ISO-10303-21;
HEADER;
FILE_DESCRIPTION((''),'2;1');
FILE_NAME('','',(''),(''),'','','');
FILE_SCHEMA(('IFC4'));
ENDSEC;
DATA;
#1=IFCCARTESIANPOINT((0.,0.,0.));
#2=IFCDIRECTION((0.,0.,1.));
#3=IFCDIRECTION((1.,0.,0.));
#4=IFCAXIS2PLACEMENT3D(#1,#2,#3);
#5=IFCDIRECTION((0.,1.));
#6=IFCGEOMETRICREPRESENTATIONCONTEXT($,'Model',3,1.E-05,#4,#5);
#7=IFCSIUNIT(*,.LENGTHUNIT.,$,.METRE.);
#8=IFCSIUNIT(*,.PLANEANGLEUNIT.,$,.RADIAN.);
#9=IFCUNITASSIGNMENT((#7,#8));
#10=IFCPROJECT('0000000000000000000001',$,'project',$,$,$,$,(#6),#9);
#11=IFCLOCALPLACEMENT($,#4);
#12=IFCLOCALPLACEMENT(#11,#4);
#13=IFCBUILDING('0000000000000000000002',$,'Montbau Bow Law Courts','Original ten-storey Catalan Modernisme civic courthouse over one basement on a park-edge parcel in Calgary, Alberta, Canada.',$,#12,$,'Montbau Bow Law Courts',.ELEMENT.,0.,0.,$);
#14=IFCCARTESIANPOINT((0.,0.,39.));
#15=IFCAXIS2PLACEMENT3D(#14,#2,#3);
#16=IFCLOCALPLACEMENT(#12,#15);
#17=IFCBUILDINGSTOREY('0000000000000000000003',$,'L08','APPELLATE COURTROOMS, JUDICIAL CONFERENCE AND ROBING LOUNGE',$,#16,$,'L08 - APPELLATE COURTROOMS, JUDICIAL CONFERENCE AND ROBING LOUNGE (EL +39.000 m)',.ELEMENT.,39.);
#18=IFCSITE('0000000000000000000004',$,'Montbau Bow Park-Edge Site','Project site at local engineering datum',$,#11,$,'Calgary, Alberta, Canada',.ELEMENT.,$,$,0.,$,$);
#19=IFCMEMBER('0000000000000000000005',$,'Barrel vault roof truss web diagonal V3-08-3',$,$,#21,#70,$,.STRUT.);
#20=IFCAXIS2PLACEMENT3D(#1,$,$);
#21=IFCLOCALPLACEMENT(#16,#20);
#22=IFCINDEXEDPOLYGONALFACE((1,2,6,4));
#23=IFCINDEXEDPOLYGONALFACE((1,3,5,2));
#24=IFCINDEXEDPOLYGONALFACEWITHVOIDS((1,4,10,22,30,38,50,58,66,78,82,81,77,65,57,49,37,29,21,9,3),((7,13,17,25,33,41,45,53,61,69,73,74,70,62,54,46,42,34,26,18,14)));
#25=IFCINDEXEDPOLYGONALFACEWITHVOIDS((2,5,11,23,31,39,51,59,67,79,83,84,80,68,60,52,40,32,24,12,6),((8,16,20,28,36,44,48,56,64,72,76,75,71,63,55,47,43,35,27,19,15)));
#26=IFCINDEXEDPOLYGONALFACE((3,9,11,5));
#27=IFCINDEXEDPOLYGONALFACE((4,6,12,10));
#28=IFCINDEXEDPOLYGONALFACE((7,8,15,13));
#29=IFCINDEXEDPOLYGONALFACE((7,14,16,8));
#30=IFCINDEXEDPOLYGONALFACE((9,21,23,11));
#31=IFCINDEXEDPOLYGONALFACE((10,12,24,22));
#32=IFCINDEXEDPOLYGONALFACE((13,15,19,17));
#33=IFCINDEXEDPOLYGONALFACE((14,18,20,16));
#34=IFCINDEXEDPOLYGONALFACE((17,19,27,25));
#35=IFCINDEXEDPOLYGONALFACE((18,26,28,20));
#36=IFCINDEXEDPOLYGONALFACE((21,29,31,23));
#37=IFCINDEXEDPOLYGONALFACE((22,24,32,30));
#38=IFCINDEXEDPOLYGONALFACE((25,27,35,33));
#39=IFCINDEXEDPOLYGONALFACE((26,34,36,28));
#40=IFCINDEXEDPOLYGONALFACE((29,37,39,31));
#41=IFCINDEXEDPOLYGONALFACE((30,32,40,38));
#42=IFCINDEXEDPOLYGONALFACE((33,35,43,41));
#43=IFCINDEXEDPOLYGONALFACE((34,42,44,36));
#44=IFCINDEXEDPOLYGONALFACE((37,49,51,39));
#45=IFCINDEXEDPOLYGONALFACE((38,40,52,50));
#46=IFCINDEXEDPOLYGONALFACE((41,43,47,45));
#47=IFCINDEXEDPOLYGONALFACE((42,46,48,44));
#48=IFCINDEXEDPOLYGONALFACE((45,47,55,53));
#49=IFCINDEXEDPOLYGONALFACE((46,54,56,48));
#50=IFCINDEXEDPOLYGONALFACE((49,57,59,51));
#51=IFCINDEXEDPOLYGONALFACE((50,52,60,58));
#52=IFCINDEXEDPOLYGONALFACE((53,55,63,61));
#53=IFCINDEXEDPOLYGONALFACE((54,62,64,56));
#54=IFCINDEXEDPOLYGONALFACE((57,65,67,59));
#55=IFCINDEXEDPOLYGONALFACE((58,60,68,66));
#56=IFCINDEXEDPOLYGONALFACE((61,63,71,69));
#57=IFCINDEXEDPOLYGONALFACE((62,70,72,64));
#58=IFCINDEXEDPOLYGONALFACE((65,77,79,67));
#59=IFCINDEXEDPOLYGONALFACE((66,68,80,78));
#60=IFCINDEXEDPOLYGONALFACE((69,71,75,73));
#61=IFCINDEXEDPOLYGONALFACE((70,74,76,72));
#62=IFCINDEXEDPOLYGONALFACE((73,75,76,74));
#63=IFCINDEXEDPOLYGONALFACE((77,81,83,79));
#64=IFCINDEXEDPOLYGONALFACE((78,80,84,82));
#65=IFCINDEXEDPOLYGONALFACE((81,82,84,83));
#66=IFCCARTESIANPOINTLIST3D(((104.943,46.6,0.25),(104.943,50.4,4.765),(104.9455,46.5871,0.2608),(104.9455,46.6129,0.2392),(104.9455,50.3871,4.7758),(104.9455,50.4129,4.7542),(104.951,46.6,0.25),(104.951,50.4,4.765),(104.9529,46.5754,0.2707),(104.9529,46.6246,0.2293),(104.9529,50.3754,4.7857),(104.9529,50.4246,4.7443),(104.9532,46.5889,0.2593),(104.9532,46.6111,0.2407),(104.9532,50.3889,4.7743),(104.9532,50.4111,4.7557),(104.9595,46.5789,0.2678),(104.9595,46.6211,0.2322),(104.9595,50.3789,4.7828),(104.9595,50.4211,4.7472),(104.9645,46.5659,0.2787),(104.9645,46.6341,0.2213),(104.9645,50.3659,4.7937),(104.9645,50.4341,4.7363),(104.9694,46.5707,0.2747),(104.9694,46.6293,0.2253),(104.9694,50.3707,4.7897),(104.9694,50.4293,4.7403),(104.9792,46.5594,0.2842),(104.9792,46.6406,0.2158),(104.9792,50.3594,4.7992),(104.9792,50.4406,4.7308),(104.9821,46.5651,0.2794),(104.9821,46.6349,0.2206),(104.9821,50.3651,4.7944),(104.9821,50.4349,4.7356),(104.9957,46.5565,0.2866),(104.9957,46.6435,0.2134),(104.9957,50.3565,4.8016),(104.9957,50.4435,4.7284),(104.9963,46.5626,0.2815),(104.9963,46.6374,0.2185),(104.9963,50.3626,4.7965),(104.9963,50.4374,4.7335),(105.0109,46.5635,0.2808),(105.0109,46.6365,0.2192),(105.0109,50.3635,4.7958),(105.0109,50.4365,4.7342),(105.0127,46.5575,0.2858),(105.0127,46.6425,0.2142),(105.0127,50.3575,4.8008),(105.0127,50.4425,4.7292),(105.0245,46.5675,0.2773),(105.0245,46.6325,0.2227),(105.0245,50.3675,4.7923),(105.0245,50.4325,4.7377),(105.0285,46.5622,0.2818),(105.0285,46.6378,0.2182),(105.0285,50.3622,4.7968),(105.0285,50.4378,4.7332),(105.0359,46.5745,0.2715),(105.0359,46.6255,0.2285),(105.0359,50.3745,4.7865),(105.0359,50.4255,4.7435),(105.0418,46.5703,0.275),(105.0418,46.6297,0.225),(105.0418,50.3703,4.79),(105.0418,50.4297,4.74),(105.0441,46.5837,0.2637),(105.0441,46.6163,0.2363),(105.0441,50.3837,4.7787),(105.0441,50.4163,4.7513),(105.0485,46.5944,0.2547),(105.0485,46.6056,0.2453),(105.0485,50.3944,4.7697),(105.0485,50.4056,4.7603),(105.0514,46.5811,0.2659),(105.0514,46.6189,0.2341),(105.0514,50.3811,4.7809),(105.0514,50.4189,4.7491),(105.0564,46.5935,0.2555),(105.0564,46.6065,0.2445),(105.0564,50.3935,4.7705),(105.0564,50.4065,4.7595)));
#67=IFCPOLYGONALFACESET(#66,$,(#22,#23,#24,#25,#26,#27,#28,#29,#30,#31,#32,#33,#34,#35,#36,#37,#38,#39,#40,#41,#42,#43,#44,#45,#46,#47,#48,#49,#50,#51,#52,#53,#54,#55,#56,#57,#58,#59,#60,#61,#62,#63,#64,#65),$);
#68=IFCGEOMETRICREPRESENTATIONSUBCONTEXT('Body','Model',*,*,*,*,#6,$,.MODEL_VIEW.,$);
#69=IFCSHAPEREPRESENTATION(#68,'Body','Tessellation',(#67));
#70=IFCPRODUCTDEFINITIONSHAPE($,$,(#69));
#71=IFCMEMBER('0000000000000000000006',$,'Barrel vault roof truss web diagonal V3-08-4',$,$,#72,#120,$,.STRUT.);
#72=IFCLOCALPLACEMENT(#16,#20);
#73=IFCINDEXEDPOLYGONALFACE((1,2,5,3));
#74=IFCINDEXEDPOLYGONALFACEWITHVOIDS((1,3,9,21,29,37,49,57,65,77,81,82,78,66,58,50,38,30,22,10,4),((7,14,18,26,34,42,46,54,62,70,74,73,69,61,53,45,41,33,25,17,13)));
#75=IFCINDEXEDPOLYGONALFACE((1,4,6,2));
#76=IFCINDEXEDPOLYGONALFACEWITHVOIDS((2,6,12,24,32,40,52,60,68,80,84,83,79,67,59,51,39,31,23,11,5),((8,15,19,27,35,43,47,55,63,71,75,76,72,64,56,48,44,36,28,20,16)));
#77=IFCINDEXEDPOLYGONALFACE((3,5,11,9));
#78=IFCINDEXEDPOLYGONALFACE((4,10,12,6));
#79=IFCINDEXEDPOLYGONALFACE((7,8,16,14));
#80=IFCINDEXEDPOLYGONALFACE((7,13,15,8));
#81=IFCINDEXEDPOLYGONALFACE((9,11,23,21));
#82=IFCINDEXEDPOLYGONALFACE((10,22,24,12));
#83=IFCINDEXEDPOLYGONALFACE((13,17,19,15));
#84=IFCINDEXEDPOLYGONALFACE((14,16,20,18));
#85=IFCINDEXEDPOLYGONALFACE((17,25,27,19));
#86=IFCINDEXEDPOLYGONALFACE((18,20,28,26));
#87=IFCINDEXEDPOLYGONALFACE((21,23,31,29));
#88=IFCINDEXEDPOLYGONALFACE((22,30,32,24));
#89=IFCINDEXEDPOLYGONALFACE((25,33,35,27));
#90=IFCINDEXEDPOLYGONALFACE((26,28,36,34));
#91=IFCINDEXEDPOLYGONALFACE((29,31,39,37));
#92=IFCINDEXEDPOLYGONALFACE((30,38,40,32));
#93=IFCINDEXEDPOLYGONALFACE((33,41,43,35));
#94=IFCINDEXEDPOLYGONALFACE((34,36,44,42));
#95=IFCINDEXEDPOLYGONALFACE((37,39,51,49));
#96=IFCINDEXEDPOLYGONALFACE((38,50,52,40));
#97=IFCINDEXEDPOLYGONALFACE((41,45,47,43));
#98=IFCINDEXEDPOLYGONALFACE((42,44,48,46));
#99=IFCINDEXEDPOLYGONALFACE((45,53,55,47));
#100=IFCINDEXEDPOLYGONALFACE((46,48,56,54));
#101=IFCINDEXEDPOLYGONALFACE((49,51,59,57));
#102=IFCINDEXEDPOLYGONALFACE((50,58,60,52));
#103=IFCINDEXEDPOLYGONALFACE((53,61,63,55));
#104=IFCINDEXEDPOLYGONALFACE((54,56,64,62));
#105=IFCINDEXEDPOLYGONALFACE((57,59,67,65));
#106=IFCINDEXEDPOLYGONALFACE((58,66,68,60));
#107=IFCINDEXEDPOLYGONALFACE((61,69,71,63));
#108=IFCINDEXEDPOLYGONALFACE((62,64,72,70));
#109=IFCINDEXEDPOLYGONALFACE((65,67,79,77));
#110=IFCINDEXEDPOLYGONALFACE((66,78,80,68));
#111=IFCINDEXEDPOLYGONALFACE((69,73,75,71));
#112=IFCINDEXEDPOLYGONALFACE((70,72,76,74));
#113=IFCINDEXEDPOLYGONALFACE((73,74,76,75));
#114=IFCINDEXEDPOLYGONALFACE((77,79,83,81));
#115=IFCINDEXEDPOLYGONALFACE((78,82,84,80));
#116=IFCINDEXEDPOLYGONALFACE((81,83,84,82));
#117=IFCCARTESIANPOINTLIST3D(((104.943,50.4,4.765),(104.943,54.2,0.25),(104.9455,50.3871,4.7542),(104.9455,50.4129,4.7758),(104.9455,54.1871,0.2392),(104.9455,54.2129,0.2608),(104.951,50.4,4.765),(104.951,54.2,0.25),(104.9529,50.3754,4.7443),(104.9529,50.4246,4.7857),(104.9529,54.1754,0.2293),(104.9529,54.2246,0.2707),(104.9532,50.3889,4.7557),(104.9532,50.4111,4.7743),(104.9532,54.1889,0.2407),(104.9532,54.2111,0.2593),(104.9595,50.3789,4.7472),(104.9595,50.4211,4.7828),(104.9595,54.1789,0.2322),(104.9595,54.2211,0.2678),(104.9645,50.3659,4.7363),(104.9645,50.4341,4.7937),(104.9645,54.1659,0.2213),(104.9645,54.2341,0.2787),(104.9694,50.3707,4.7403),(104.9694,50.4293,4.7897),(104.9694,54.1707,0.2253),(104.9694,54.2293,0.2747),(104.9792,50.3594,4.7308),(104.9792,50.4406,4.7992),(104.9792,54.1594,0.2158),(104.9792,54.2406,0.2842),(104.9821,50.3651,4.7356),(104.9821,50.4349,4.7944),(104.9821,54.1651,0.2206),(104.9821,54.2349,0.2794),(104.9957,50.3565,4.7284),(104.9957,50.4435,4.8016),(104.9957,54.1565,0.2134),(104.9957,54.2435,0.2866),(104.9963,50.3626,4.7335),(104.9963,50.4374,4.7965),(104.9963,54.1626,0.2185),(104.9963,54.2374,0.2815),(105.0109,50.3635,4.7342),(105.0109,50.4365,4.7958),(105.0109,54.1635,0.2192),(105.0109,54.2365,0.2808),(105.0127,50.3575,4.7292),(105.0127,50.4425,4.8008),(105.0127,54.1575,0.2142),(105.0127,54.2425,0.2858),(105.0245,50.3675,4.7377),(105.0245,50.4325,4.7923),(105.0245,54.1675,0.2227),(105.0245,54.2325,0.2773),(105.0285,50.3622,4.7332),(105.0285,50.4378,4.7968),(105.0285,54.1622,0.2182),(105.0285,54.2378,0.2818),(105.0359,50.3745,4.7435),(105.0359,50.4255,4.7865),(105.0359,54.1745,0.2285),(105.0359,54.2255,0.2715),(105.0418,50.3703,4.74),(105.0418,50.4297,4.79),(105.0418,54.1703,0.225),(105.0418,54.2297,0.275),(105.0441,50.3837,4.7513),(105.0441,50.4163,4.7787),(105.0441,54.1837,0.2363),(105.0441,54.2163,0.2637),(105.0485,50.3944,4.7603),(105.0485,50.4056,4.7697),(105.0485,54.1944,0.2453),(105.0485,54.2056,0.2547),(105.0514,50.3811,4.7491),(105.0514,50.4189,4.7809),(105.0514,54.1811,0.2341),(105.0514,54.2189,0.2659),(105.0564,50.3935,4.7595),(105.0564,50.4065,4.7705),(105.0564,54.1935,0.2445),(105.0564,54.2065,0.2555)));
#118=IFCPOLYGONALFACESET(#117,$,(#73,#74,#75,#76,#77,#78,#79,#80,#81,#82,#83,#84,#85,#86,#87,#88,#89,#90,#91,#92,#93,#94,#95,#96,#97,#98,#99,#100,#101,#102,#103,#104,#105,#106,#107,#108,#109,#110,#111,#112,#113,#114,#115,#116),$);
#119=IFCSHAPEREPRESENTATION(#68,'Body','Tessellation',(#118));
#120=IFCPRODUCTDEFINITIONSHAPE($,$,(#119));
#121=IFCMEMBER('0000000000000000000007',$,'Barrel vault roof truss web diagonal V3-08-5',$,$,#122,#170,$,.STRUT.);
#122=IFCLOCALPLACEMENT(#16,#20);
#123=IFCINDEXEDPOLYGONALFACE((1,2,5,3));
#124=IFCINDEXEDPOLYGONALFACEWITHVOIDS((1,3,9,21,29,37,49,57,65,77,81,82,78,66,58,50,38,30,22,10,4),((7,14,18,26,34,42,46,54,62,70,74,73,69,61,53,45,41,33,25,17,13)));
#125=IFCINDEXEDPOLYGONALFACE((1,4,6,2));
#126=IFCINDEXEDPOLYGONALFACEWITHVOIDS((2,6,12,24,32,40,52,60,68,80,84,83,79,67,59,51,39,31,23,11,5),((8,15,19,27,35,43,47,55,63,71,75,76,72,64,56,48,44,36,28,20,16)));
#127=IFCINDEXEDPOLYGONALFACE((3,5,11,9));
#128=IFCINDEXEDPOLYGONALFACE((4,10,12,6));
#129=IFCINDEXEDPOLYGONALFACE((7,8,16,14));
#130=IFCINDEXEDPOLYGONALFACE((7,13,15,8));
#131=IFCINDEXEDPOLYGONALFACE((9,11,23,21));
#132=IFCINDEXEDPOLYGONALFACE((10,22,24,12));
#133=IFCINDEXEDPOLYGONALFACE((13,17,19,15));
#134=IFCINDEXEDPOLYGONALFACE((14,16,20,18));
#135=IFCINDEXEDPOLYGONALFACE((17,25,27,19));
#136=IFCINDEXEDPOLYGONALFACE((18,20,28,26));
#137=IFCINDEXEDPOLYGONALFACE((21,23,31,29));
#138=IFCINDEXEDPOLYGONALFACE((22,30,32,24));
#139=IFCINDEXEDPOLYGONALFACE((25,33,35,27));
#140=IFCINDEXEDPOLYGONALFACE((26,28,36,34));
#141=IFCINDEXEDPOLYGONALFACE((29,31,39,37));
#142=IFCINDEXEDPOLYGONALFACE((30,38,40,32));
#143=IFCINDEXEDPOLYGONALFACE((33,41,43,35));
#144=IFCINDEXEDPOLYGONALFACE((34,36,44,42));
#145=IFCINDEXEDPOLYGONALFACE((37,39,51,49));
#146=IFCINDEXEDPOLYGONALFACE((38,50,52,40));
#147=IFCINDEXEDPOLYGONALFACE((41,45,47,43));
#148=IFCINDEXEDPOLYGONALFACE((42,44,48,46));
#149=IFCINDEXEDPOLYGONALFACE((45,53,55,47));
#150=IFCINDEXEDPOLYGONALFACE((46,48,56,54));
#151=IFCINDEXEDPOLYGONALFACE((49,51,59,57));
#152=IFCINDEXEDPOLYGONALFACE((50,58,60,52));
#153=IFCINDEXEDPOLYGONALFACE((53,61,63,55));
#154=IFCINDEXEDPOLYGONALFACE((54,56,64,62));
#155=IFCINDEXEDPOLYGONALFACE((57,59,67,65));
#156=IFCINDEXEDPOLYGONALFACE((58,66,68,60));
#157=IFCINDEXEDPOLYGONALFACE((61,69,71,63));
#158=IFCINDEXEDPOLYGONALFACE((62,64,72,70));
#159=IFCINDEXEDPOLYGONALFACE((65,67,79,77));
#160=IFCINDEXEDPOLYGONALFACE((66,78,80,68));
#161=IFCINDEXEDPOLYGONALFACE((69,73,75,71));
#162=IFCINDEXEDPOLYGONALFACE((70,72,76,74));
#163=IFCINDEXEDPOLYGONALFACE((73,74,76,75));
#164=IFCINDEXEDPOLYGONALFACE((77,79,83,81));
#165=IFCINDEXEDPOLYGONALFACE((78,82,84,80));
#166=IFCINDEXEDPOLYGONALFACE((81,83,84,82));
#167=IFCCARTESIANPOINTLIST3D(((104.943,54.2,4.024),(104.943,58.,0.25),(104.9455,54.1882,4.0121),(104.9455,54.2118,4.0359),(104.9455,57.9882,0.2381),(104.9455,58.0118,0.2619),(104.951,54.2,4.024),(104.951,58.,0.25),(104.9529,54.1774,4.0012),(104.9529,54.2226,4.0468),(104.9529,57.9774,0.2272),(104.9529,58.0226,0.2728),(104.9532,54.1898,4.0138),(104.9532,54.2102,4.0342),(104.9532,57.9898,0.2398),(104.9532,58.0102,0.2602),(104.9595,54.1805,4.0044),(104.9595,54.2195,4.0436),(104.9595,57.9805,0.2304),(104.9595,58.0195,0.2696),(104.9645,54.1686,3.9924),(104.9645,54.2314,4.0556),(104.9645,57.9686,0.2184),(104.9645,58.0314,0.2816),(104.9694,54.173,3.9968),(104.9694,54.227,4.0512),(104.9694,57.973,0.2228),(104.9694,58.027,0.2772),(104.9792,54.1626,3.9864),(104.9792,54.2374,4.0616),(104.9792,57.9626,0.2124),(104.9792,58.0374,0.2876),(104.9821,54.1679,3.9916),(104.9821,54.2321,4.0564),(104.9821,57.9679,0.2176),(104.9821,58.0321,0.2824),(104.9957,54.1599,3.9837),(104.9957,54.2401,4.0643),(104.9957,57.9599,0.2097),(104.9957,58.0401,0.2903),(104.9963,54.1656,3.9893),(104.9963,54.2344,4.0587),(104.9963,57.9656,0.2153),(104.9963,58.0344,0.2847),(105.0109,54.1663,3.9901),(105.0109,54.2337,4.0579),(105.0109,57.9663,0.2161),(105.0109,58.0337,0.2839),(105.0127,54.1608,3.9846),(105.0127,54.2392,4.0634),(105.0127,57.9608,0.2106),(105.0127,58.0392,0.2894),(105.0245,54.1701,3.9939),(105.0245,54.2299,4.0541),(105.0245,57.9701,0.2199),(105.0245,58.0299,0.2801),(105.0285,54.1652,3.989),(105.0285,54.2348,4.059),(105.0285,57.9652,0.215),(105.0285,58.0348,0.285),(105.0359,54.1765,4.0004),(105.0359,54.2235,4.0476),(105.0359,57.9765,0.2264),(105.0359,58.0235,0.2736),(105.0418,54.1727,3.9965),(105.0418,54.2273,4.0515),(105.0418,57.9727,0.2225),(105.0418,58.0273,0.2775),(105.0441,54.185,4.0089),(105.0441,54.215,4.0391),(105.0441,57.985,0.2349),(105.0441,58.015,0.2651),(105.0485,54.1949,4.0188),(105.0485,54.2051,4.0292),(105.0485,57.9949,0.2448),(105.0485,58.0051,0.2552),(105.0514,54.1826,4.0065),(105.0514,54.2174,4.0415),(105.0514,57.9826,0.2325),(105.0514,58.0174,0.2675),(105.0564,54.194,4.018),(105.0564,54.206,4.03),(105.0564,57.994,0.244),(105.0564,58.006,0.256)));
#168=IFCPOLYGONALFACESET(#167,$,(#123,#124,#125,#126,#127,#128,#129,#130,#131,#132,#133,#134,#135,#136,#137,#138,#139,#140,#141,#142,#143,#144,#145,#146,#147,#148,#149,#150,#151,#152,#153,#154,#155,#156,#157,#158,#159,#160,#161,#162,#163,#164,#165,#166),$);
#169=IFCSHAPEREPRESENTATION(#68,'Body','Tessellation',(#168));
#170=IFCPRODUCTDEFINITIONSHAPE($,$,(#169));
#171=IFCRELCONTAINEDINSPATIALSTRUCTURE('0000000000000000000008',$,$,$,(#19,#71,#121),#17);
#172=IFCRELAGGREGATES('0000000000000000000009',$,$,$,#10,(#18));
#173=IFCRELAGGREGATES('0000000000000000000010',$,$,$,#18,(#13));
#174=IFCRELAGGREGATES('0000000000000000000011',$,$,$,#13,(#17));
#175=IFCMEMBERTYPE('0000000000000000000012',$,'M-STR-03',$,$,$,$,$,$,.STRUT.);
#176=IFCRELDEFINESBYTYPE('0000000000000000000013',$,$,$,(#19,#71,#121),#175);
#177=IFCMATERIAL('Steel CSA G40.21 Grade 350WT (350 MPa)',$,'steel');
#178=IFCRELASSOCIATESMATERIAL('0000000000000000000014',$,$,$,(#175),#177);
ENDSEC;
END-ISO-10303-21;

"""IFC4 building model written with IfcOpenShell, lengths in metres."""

from ifc_helpers import new_model, si_unit, direction, frame, origin_with_axes, origin_2d_with_axis, place, context, subcontext, project, spatial, hollow_circle, extrude, material, material_profile, profile_set, type_object, element, save


model = new_model("IFC4")

# Units and contexts
model_context = context("Model", 3, precision=1e-05, world=origin_with_axes(), true_north=direction((0.0, 1.0)))
body_context = subcontext(model_context, "Body", "Model", "MODEL_VIEW")
ifc_project = project(units=[si_unit("LENGTHUNIT", "METRE"), si_unit("PLANEANGLEUNIT", "RADIAN")], contexts=[model_context])

# Site, building, storey
site_placement = place(None, origin_with_axes())
site = spatial("IfcSite", under=ifc_project, at=site_placement, Name="Montbau Bow Park-Edge Site", Description="Project site at local engineering datum", LongName="Calgary, Alberta, Canada", CompositionType="ELEMENT", RefElevation=0.0)
building_placement = place(site_placement, origin_with_axes())
building = spatial("IfcBuilding", under=site, at=building_placement, Name="Montbau Bow Law Courts", Description="Original ten-storey Catalan Modernisme civic courthouse over one basement on a park-edge parcel in Calgary, Alberta, Canada.", LongName="Montbau Bow Law Courts", CompositionType="ELEMENT", ElevationOfRefHeight=0.0, ElevationOfTerrain=0.0)
storey_placement = place(building_placement, frame((0.0, 0.0, 39.0), z_axis=(0.0, 0.0, 1.0), x_axis=(1.0, 0.0, 0.0)))
storey = spatial("IfcBuildingStorey", under=building, at=storey_placement, Name="L08", Description="APPELLATE COURTROOMS, JUDICIAL CONFERENCE AND ROBING LOUNGE", LongName="L08 - APPELLATE COURTROOMS, JUDICIAL CONFERENCE AND ROBING LOUNGE (EL +39.000 m)", CompositionType="ELEMENT", Elevation=39.0)

# Shared definitions
ifc_material_1 = material(Name="Steel CSA G40.21 Grade 350WT (350 MPa)", Category="steel")

# Members
ifc_material_profile_1 = material_profile(ifc_material_1, hollow_circle(Radius=0.057, WallThickness=0.008, at=origin_2d_with_axis()), Name="HSS114X8.0", Category="Main", Priority=0)
ifc_profile_set_1 = profile_set([ifc_material_profile_1], Name="Steel CSA G40.21 Grade 350WT (350 MPa)")
member_type_1 = type_object("IfcMemberType", Name="M-STR-03", PredefinedType="STRUT", material=ifc_profile_set_1)
for number, where, z_axis, x_axis, name in (
    (1, (105.0, 46.6, 39.25), (0.0, 0.643927, 0.765087), (-1.0, 0.0, 0.0), "Barrel vault roof truss web diagonal V3-08-3"),
    (2, (105.0, 50.4, 43.765), (0.0, 0.643927, -0.765087), (-1.0, 0.0, 0.0), "Barrel vault roof truss web diagonal V3-08-4"),
):
    element("IfcMember", number, at=place(None, frame(where, z_axis=z_axis, x_axis=x_axis)), inside=storey, type_object=member_type_1, Name=name, PredefinedType="STRUT", context=body_context, shape_type="SweptSolid", body=[
        extrude(hollow_circle(Radius=0.057, WallThickness=0.008, at=origin_2d_with_axis()), origin_with_axes(), (0.0, 0.0, 1.0), 5.9013),
    ])
member_1_placement = place(None, frame((105.0, 54.2, 43.024), z_axis=(0.0, 0.70953, -0.704675), x_axis=(-1.0, 0.0, 0.0)))
element("IfcMember", 3, at=member_1_placement, inside=storey, type_object=member_type_1, Name="Barrel vault roof truss web diagonal V3-08-5", PredefinedType="STRUT", context=body_context, shape_type="SweptSolid", body=[
    extrude(hollow_circle(Radius=0.057, WallThickness=0.008, at=origin_2d_with_axis()), origin_with_axes(), (0.0, 0.0, 1.0), 5.3557),
])

save(model, "model.ifc")
